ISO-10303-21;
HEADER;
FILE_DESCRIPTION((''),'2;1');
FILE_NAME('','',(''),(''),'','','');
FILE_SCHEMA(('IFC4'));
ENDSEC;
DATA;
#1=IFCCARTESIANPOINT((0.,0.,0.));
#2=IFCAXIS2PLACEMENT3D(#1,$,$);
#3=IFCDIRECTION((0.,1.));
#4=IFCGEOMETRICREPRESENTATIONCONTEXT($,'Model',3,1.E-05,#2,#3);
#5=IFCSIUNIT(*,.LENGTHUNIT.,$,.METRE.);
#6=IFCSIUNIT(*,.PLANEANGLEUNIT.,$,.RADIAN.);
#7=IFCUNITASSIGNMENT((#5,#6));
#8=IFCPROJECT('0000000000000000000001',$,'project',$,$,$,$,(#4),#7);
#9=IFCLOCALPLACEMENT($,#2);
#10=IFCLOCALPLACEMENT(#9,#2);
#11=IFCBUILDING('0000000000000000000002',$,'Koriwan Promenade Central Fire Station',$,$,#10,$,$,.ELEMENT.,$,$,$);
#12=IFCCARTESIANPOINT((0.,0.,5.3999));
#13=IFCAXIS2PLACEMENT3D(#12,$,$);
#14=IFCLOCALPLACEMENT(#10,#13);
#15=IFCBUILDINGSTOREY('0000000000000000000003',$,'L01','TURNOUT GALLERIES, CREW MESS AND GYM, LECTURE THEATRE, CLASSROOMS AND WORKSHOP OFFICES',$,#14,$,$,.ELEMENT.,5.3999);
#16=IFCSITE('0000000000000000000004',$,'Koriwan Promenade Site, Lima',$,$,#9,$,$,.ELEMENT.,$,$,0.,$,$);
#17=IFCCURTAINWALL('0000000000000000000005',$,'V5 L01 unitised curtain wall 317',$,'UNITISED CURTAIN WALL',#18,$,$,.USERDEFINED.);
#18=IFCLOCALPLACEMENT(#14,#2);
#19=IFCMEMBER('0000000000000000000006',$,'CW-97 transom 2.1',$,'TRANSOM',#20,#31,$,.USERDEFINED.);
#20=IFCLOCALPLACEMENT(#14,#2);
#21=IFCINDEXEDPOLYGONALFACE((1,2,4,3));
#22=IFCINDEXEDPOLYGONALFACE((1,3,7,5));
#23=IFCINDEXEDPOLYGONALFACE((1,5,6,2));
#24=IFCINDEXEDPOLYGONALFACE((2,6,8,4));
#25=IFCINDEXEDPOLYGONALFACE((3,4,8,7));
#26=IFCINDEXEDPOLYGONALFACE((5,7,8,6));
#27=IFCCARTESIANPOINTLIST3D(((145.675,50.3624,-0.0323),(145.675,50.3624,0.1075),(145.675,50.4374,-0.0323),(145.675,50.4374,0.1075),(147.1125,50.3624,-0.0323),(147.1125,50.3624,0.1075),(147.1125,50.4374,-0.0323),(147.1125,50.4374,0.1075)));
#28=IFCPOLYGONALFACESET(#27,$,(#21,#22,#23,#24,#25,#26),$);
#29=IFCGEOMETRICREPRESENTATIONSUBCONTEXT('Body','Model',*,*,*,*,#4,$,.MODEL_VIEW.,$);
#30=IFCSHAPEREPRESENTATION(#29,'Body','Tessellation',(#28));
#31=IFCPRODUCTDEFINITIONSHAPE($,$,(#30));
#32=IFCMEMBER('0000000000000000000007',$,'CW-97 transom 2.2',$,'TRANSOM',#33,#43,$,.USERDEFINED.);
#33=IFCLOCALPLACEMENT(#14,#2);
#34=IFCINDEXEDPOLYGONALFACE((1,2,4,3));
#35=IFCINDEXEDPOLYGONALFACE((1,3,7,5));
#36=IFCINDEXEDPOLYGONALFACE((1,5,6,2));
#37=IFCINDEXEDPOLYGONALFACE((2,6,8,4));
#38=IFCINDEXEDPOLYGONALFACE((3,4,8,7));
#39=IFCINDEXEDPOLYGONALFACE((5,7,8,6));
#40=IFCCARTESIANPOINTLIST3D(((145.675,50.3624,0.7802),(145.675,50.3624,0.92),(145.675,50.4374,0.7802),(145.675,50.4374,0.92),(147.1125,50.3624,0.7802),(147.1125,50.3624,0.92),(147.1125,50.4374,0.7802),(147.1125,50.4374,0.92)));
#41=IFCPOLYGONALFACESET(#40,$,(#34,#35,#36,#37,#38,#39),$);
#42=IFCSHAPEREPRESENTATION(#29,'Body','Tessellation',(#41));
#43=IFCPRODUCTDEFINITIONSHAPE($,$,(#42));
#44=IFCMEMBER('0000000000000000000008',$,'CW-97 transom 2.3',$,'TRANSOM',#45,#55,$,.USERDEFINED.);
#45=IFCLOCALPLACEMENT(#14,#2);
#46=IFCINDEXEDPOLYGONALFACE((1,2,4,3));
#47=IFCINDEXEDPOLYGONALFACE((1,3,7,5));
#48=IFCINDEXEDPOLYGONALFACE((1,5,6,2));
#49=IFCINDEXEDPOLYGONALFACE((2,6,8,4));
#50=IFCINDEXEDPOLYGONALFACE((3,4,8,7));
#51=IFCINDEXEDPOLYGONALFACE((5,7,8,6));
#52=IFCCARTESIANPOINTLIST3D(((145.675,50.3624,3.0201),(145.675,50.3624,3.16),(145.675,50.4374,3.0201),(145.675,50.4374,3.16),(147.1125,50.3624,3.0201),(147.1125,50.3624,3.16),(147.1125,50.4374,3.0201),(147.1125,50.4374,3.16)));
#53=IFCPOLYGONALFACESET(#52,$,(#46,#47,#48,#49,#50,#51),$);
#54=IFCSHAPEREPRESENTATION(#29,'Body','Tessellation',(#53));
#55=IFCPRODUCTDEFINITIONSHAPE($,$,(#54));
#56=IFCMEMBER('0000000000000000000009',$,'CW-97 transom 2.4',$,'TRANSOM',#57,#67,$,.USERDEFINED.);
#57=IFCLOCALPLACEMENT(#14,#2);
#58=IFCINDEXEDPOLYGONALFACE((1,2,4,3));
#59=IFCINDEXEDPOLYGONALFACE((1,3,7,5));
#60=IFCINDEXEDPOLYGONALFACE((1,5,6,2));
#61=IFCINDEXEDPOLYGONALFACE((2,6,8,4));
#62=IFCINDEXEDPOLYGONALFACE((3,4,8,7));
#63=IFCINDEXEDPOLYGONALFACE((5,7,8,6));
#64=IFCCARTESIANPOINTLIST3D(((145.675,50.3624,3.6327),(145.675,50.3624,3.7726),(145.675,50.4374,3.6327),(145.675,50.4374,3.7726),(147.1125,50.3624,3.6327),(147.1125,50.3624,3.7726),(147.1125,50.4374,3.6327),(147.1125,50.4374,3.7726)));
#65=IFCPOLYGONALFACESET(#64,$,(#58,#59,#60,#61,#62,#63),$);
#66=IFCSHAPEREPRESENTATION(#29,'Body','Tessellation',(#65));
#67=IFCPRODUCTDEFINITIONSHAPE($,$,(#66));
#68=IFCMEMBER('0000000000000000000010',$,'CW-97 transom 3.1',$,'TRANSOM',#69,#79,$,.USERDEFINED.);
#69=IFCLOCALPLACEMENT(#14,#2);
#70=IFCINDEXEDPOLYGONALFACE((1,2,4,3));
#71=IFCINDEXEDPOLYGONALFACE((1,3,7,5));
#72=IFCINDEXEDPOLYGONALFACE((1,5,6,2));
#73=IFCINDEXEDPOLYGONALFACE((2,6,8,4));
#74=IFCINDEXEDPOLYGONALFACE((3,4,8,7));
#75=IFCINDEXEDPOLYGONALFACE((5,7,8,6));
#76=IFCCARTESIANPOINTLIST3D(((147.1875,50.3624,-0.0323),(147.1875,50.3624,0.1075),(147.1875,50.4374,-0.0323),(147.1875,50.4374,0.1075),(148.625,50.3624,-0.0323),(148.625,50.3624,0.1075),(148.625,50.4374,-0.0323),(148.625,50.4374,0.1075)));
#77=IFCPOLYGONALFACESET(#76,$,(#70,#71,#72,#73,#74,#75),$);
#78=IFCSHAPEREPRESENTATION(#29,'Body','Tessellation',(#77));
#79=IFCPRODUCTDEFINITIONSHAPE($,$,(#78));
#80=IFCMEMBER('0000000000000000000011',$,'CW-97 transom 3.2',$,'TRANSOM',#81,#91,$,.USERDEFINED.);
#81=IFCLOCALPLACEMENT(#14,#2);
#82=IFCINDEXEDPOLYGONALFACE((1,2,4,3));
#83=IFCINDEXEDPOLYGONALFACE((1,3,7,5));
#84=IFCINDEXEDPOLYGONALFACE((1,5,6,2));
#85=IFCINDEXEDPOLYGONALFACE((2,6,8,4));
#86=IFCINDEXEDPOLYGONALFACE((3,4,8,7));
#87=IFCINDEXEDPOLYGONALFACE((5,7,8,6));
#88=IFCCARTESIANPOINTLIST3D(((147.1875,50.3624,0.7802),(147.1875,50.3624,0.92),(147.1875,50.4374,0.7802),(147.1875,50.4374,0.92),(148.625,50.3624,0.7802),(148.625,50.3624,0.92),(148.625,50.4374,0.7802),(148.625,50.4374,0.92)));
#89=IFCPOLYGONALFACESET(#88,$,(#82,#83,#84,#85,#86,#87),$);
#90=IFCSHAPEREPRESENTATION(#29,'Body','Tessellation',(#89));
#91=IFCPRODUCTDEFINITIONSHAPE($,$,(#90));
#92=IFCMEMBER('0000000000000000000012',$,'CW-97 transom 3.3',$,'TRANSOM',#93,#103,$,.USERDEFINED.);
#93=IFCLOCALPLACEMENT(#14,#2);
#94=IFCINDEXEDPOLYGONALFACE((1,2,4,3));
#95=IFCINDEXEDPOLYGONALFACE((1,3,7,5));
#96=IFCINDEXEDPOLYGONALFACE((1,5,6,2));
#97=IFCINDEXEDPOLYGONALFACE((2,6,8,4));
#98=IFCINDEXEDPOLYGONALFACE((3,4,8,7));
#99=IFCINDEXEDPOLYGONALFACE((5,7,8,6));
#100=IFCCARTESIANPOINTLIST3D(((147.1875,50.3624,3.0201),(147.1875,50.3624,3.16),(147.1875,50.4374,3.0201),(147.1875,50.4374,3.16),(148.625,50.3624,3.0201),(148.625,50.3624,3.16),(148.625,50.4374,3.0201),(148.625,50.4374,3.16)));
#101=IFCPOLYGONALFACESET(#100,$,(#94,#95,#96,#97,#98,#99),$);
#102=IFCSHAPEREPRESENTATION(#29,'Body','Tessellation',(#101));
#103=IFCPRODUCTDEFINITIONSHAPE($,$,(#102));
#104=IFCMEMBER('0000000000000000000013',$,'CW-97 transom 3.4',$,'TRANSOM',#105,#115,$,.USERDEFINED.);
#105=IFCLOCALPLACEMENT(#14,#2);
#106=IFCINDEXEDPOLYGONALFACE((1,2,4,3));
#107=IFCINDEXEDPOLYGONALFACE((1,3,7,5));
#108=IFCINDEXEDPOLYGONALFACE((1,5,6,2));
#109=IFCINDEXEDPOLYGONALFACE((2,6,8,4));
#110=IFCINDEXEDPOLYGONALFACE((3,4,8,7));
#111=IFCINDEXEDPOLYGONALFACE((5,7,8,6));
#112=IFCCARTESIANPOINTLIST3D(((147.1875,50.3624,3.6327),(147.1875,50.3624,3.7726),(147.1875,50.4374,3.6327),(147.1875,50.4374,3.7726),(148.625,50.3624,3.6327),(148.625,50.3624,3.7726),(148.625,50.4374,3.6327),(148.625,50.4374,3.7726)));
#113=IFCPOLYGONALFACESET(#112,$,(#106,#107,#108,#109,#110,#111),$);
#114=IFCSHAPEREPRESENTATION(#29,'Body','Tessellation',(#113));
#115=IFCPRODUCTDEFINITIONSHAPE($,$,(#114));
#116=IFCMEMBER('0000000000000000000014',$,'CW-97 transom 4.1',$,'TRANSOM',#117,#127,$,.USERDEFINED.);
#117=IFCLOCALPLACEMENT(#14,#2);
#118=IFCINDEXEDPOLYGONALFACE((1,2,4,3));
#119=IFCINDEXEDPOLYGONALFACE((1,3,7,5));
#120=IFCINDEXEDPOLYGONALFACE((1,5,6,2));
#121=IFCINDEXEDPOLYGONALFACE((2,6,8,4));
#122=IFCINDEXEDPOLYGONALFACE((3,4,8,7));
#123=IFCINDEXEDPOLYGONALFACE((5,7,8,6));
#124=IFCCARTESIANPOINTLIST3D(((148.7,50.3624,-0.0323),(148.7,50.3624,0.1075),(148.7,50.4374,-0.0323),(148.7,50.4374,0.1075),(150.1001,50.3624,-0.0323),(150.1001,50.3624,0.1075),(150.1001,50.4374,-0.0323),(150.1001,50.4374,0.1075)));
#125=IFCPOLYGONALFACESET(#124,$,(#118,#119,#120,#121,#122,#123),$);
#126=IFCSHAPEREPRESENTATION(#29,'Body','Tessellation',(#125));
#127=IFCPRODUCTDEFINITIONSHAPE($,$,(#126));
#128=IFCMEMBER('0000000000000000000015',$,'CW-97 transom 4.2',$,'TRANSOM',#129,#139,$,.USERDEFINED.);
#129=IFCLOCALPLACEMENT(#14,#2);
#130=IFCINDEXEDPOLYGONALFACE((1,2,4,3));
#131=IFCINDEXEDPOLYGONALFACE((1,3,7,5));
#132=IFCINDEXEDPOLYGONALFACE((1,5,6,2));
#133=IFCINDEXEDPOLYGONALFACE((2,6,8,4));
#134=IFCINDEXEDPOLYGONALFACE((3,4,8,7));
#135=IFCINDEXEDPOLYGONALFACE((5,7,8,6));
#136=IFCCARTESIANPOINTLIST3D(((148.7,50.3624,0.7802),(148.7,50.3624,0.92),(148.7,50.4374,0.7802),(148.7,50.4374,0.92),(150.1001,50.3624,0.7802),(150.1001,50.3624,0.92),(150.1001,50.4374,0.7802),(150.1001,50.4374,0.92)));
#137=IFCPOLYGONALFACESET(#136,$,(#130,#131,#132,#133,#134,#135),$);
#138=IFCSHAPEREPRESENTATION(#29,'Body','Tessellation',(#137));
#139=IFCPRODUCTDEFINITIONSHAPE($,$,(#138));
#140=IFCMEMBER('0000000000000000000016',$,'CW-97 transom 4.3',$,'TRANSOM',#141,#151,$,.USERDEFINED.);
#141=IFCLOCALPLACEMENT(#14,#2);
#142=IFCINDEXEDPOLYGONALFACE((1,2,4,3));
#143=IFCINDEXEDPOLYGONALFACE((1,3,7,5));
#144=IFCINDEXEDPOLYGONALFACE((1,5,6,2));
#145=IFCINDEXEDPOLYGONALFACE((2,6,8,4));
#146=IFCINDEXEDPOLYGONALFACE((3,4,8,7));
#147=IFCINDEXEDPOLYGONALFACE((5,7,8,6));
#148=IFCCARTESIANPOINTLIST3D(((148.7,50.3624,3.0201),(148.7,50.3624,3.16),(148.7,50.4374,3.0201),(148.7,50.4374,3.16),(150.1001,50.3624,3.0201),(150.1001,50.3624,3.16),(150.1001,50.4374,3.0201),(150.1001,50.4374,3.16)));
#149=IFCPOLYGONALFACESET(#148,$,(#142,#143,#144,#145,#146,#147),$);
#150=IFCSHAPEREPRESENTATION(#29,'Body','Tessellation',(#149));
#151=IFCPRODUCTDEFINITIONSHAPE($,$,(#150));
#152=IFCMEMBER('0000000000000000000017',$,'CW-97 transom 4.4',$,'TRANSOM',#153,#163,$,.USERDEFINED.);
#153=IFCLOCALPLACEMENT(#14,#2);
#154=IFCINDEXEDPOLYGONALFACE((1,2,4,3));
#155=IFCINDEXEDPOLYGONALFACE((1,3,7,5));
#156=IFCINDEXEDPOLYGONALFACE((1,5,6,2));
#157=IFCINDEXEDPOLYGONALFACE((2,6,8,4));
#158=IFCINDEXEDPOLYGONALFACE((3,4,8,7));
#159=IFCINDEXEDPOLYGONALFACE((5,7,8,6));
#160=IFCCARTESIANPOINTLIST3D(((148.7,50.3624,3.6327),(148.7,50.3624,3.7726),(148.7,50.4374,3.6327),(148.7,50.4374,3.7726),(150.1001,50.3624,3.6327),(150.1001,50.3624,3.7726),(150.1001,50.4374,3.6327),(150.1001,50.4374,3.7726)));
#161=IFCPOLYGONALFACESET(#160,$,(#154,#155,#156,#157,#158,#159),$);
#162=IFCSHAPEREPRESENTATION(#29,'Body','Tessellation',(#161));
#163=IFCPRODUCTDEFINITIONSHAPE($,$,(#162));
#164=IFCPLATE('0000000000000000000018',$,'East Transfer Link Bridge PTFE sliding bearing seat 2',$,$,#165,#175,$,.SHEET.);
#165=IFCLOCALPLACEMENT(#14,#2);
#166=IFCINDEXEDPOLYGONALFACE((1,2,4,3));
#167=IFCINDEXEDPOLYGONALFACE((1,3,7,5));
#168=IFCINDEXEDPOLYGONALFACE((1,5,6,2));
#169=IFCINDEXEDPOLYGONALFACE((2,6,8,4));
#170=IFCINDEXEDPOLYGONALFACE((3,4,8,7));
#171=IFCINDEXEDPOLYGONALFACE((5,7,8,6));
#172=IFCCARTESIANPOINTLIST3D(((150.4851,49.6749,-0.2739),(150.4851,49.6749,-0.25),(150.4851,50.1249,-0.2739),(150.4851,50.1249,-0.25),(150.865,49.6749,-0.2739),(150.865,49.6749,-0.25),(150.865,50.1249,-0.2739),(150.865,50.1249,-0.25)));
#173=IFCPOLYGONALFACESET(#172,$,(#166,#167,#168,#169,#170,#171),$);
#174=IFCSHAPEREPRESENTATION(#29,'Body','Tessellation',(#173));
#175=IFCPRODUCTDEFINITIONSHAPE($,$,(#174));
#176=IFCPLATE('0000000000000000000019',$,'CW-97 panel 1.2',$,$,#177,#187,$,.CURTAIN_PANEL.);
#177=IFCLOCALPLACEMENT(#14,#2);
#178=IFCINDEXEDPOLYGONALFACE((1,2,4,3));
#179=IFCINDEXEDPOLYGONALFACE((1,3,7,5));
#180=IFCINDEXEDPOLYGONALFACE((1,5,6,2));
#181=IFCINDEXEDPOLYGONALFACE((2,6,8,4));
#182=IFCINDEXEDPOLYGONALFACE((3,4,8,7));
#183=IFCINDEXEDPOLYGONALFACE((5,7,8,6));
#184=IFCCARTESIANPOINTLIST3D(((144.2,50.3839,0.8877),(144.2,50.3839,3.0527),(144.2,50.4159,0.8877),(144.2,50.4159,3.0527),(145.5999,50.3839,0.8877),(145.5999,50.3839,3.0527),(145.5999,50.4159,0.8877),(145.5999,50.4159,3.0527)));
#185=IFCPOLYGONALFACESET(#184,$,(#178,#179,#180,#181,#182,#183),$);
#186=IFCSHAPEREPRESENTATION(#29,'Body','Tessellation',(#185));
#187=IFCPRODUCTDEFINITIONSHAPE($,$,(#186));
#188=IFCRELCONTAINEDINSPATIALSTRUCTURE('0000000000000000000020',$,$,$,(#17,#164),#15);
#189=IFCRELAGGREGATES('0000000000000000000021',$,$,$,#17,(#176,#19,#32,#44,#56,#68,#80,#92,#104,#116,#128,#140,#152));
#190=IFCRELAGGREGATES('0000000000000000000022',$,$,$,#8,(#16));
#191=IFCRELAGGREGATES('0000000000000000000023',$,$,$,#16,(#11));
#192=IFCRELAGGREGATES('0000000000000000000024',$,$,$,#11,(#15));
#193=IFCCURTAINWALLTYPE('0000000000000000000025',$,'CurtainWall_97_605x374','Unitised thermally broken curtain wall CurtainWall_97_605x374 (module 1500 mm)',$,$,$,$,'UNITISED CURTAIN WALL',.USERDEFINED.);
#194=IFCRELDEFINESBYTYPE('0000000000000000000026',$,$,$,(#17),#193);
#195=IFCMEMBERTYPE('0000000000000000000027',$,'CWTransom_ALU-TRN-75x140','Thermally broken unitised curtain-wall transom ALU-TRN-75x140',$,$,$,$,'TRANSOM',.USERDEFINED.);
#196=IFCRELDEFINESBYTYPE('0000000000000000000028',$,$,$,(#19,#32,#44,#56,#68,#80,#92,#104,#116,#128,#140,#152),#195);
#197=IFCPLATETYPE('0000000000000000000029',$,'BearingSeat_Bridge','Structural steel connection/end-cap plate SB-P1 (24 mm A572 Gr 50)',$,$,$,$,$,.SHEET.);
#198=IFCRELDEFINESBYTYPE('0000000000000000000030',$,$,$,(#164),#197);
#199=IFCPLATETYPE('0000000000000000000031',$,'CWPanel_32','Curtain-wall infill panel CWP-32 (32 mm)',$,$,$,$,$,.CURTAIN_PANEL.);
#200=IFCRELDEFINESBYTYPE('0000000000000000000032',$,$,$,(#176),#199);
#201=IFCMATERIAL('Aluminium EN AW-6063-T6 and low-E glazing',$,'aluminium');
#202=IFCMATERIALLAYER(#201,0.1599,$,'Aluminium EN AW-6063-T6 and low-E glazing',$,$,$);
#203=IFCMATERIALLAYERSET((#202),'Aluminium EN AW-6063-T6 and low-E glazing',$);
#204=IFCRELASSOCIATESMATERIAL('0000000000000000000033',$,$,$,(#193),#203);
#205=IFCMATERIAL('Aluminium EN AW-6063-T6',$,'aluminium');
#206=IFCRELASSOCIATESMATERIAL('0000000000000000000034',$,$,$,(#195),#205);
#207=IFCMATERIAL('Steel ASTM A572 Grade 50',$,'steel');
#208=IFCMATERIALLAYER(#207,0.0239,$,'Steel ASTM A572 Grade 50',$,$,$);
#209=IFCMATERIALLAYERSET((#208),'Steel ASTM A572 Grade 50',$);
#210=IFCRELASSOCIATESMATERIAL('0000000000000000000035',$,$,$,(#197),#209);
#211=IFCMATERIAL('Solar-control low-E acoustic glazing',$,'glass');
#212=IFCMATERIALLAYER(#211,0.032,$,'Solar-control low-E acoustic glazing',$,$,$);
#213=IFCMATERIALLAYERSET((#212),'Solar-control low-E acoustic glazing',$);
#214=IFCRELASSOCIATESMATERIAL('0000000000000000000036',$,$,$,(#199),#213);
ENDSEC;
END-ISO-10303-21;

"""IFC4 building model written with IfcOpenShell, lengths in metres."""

from ifc_helpers import new_model, si_unit, direction, frame, origin, origin_2d, place, context, subcontext, project, spatial, rectangle, extrude, material, layer, layer_set, material_profile, profile_set, type_object, element, aggregate, save


model = new_model("IFC4")

# Units and contexts
model_context = context("Model", 3, precision=1e-05, world=origin(), true_north=direction((0.0, 1.0)))
body_context = subcontext(model_context, "Body", "Model", "MODEL_VIEW")
ifc_project = project(units=[si_unit("LENGTHUNIT", "METRE"), si_unit("PLANEANGLEUNIT", "RADIAN")], contexts=[model_context])

# Site, building, storey
site_placement = place(None, origin())
site = spatial("IfcSite", under=ifc_project, at=site_placement, Name="Koriwan Promenade Site, Lima", CompositionType="ELEMENT", RefElevation=0.0)
building_placement = place(site_placement, origin())
building = spatial("IfcBuilding", under=site, at=building_placement, Name="Koriwan Promenade Central Fire Station", CompositionType="ELEMENT")
storey_placement = place(building_placement, frame((0.0, 0.0, 5.3999)))
storey = spatial("IfcBuildingStorey", under=building, at=storey_placement, Name="L01", Description="TURNOUT GALLERIES, CREW MESS AND GYM, LECTURE THEATRE, CLASSROOMS AND WORKSHOP OFFICES", CompositionType="ELEMENT", Elevation=5.3999)

# Shared definitions
ifc_material_1 = material(Name="Aluminium EN AW-6063-T6 and low-E glazing", Category="aluminium")
ifc_material_2 = material(Name="Aluminium EN AW-6063-T6", Category="aluminium")

# Curtain wall
ifc_layer_1 = layer(ifc_material_1, 0.1599, Name="Aluminium EN AW-6063-T6 and low-E glazing")
ifc_layer_set_1 = layer_set([ifc_layer_1], Name="Aluminium EN AW-6063-T6 and low-E glazing")
curtain_wall_type_1 = type_object("IfcCurtainWallType", Name="CurtainWall_97_605x374", Description="Unitised thermally broken curtain wall CurtainWall_97_605x374 (module 1500 mm)", ElementType="UNITISED CURTAIN WALL", PredefinedType="USERDEFINED", material=ifc_layer_set_1)
curtain_wall_1_placement = place(storey_placement, origin())
curtain_wall_1 = element("IfcCurtainWall", 1, at=curtain_wall_1_placement, inside=storey, type_object=curtain_wall_type_1, Name="V5 L01 unitised curtain wall 317", ObjectType="UNITISED CURTAIN WALL", PredefinedType="USERDEFINED")

# Members
ifc_material_profile_1 = material_profile(ifc_material_2, rectangle(XDim=0.075, YDim=0.1399, at=origin_2d()), Name="ALU-TRN-75x140")
ifc_profile_set_1 = profile_set([ifc_material_profile_1], Name="Aluminium EN AW-6063-T6")
member_type_1 = type_object("IfcMemberType", Name="CWTransom_ALU-TRN-75x140", Description="Thermally broken unitised curtain-wall transom ALU-TRN-75x140", ElementType="TRANSOM", PredefinedType="USERDEFINED", material=ifc_profile_set_1)
member_1_placement = place(storey_placement, frame((145.675, 50.3999, 0.0376), z_axis=(1.0, 0.0, 0.0), x_axis=(0.0, 1.0, 0.0)))
member_1 = element("IfcMember", 2, at=member_1_placement, type_object=member_type_1, Name="CW-97 transom 2.1", ObjectType="TRANSOM", PredefinedType="USERDEFINED", context=body_context, shape_type="SweptSolid", body=[
    extrude(rectangle(XDim=0.075, YDim=0.1399, at=origin_2d()), origin(), (0.0, 0.0, 1.0), 1.4375),
])
member_2_placement = place(storey_placement, frame((145.675, 50.3999, 0.8501), z_axis=(1.0, 0.0, 0.0), x_axis=(0.0, 1.0, 0.0)))
member_2 = element("IfcMember", 3, at=member_2_placement, type_object=member_type_1, Name="CW-97 transom 2.2", ObjectType="TRANSOM", PredefinedType="USERDEFINED", context=body_context, shape_type="SweptSolid", body=[
    extrude(rectangle(XDim=0.075, YDim=0.1399, at=origin_2d()), origin(), (0.0, 0.0, 1.0), 1.4375),
])
member_3_placement = place(storey_placement, frame((145.675, 50.3999, 3.0901), z_axis=(1.0, 0.0, 0.0), x_axis=(0.0, 1.0, 0.0)))
member_3 = element("IfcMember", 4, at=member_3_placement, type_object=member_type_1, Name="CW-97 transom 2.3", ObjectType="TRANSOM", PredefinedType="USERDEFINED", context=body_context, shape_type="SweptSolid", body=[
    extrude(rectangle(XDim=0.075, YDim=0.1399, at=origin_2d()), origin(), (0.0, 0.0, 1.0), 1.4375),
])
member_4_placement = place(storey_placement, frame((145.675, 50.3999, 3.7026), z_axis=(1.0, 0.0, 0.0), x_axis=(0.0, 1.0, 0.0)))
member_4 = element("IfcMember", 5, at=member_4_placement, type_object=member_type_1, Name="CW-97 transom 2.4", ObjectType="TRANSOM", PredefinedType="USERDEFINED", context=body_context, shape_type="SweptSolid", body=[
    extrude(rectangle(XDim=0.075, YDim=0.1399, at=origin_2d()), origin(), (0.0, 0.0, 1.0), 1.4375),
])
member_5_placement = place(storey_placement, frame((147.1875, 50.3999, 0.0376), z_axis=(1.0, 0.0, 0.0), x_axis=(0.0, 1.0, 0.0)))
member_5 = element("IfcMember", 6, at=member_5_placement, type_object=member_type_1, Name="CW-97 transom 3.1", ObjectType="TRANSOM", PredefinedType="USERDEFINED", context=body_context, shape_type="SweptSolid", body=[
    extrude(rectangle(XDim=0.075, YDim=0.1399, at=origin_2d()), origin(), (0.0, 0.0, 1.0), 1.4375),
])
member_6_placement = place(storey_placement, frame((147.1875, 50.3999, 0.8501), z_axis=(1.0, 0.0, 0.0), x_axis=(0.0, 1.0, 0.0)))
member_6 = element("IfcMember", 7, at=member_6_placement, type_object=member_type_1, Name="CW-97 transom 3.2", ObjectType="TRANSOM", PredefinedType="USERDEFINED", context=body_context, shape_type="SweptSolid", body=[
    extrude(rectangle(XDim=0.075, YDim=0.1399, at=origin_2d()), origin(), (0.0, 0.0, 1.0), 1.4375),
])
member_7_placement = place(storey_placement, frame((147.1875, 50.3999, 3.0901), z_axis=(1.0, 0.0, 0.0), x_axis=(0.0, 1.0, 0.0)))
member_7 = element("IfcMember", 8, at=member_7_placement, type_object=member_type_1, Name="CW-97 transom 3.3", ObjectType="TRANSOM", PredefinedType="USERDEFINED", context=body_context, shape_type="SweptSolid", body=[
    extrude(rectangle(XDim=0.075, YDim=0.1399, at=origin_2d()), origin(), (0.0, 0.0, 1.0), 1.4375),
])
member_8_placement = place(storey_placement, frame((147.1875, 50.3999, 3.7026), z_axis=(1.0, 0.0, 0.0), x_axis=(0.0, 1.0, 0.0)))
member_8 = element("IfcMember", 9, at=member_8_placement, type_object=member_type_1, Name="CW-97 transom 3.4", ObjectType="TRANSOM", PredefinedType="USERDEFINED", context=body_context, shape_type="SweptSolid", body=[
    extrude(rectangle(XDim=0.075, YDim=0.1399, at=origin_2d()), origin(), (0.0, 0.0, 1.0), 1.4375),
])
member_9_placement = place(storey_placement, frame((148.7, 50.3999, 0.0376), z_axis=(1.0, 0.0, 0.0), x_axis=(0.0, 1.0, 0.0)))
member_9 = element("IfcMember", 10, at=member_9_placement, type_object=member_type_1, Name="CW-97 transom 4.1", ObjectType="TRANSOM", PredefinedType="USERDEFINED", context=body_context, shape_type="SweptSolid", body=[
    extrude(rectangle(XDim=0.075, YDim=0.1399, at=origin_2d()), origin(), (0.0, 0.0, 1.0), 1.4001),
])
member_10_placement = place(storey_placement, frame((148.7, 50.3999, 0.8501), z_axis=(1.0, 0.0, 0.0), x_axis=(0.0, 1.0, 0.0)))
member_10 = element("IfcMember", 11, at=member_10_placement, type_object=member_type_1, Name="CW-97 transom 4.2", ObjectType="TRANSOM", PredefinedType="USERDEFINED", context=body_context, shape_type="SweptSolid", body=[
    extrude(rectangle(XDim=0.075, YDim=0.1399, at=origin_2d()), origin(), (0.0, 0.0, 1.0), 1.4001),
])
member_11_placement = place(storey_placement, frame((148.7, 50.3999, 3.0901), z_axis=(1.0, 0.0, 0.0), x_axis=(0.0, 1.0, 0.0)))
member_11 = element("IfcMember", 12, at=member_11_placement, type_object=member_type_1, Name="CW-97 transom 4.3", ObjectType="TRANSOM", PredefinedType="USERDEFINED", context=body_context, shape_type="SweptSolid", body=[
    extrude(rectangle(XDim=0.075, YDim=0.1399, at=origin_2d()), origin(), (0.0, 0.0, 1.0), 1.4001),
])
member_12_placement = place(storey_placement, frame((148.7, 50.3999, 3.7026), z_axis=(1.0, 0.0, 0.0), x_axis=(0.0, 1.0, 0.0)))
member_12 = element("IfcMember", 13, at=member_12_placement, type_object=member_type_1, Name="CW-97 transom 4.4", ObjectType="TRANSOM", PredefinedType="USERDEFINED", context=body_context, shape_type="SweptSolid", body=[
    extrude(rectangle(XDim=0.075, YDim=0.1399, at=origin_2d()), origin(), (0.0, 0.0, 1.0), 1.4001),
])

# Plates
ifc_material_3 = material(Name="Steel ASTM A572 Grade 50", Category="steel")
ifc_layer_2 = layer(ifc_material_3, 0.0239, Name="Steel ASTM A572 Grade 50")
ifc_layer_set_2 = layer_set([ifc_layer_2], Name="Steel ASTM A572 Grade 50")
plate_type_1 = type_object("IfcPlateType", Name="BearingSeat_Bridge", Description="Structural steel connection/end-cap plate SB-P1 (24 mm A572 Gr 50)", PredefinedType="SHEET", material=ifc_layer_set_2)
plate_1_placement = place(storey_placement, frame((150.675, 49.8999, -0.2739), z_axis=(0.0, 0.0, 1.0), x_axis=(1.0, 0.0, 0.0)))
element("IfcPlate", 14, at=plate_1_placement, inside=storey, type_object=plate_type_1, Name="East Transfer Link Bridge PTFE sliding bearing seat 2", PredefinedType="SHEET", context=body_context, shape_type="SweptSolid", body=[
    extrude(rectangle(XDim=0.3799, YDim=0.45, at=origin_2d()), origin(), (0.0, 0.0, 1.0), 0.0239),
])
ifc_material_4 = material(Name="Solar-control low-E acoustic glazing", Category="glass")
ifc_layer_3 = layer(ifc_material_4, 0.032, Name="Solar-control low-E acoustic glazing")
ifc_layer_set_3 = layer_set([ifc_layer_3], Name="Solar-control low-E acoustic glazing")
plate_type_2 = type_object("IfcPlateType", Name="CWPanel_32", Description="Curtain-wall infill panel CWP-32 (32 mm)", PredefinedType="CURTAIN_PANEL", material=ifc_layer_set_3)
plate_2_placement = place(storey_placement, frame((144.8999, 50.3999, 0.8877), z_axis=(0.0, 0.0, 1.0), x_axis=(1.0, 0.0, 0.0)))
plate_2 = element("IfcPlate", 15, at=plate_2_placement, type_object=plate_type_2, Name="CW-97 panel 1.2", PredefinedType="CURTAIN_PANEL", context=body_context, shape_type="SweptSolid", body=[
    extrude(rectangle(XDim=1.3999, YDim=0.032, at=origin_2d()), origin(), (0.0, 0.0, 1.0), 2.165),
])
aggregate(curtain_wall_1, [plate_2, member_1, member_2, member_3, member_4, member_5, member_6, member_7, member_8, member_9, member_10, member_11, member_12])

save(model, "model.ifc")
